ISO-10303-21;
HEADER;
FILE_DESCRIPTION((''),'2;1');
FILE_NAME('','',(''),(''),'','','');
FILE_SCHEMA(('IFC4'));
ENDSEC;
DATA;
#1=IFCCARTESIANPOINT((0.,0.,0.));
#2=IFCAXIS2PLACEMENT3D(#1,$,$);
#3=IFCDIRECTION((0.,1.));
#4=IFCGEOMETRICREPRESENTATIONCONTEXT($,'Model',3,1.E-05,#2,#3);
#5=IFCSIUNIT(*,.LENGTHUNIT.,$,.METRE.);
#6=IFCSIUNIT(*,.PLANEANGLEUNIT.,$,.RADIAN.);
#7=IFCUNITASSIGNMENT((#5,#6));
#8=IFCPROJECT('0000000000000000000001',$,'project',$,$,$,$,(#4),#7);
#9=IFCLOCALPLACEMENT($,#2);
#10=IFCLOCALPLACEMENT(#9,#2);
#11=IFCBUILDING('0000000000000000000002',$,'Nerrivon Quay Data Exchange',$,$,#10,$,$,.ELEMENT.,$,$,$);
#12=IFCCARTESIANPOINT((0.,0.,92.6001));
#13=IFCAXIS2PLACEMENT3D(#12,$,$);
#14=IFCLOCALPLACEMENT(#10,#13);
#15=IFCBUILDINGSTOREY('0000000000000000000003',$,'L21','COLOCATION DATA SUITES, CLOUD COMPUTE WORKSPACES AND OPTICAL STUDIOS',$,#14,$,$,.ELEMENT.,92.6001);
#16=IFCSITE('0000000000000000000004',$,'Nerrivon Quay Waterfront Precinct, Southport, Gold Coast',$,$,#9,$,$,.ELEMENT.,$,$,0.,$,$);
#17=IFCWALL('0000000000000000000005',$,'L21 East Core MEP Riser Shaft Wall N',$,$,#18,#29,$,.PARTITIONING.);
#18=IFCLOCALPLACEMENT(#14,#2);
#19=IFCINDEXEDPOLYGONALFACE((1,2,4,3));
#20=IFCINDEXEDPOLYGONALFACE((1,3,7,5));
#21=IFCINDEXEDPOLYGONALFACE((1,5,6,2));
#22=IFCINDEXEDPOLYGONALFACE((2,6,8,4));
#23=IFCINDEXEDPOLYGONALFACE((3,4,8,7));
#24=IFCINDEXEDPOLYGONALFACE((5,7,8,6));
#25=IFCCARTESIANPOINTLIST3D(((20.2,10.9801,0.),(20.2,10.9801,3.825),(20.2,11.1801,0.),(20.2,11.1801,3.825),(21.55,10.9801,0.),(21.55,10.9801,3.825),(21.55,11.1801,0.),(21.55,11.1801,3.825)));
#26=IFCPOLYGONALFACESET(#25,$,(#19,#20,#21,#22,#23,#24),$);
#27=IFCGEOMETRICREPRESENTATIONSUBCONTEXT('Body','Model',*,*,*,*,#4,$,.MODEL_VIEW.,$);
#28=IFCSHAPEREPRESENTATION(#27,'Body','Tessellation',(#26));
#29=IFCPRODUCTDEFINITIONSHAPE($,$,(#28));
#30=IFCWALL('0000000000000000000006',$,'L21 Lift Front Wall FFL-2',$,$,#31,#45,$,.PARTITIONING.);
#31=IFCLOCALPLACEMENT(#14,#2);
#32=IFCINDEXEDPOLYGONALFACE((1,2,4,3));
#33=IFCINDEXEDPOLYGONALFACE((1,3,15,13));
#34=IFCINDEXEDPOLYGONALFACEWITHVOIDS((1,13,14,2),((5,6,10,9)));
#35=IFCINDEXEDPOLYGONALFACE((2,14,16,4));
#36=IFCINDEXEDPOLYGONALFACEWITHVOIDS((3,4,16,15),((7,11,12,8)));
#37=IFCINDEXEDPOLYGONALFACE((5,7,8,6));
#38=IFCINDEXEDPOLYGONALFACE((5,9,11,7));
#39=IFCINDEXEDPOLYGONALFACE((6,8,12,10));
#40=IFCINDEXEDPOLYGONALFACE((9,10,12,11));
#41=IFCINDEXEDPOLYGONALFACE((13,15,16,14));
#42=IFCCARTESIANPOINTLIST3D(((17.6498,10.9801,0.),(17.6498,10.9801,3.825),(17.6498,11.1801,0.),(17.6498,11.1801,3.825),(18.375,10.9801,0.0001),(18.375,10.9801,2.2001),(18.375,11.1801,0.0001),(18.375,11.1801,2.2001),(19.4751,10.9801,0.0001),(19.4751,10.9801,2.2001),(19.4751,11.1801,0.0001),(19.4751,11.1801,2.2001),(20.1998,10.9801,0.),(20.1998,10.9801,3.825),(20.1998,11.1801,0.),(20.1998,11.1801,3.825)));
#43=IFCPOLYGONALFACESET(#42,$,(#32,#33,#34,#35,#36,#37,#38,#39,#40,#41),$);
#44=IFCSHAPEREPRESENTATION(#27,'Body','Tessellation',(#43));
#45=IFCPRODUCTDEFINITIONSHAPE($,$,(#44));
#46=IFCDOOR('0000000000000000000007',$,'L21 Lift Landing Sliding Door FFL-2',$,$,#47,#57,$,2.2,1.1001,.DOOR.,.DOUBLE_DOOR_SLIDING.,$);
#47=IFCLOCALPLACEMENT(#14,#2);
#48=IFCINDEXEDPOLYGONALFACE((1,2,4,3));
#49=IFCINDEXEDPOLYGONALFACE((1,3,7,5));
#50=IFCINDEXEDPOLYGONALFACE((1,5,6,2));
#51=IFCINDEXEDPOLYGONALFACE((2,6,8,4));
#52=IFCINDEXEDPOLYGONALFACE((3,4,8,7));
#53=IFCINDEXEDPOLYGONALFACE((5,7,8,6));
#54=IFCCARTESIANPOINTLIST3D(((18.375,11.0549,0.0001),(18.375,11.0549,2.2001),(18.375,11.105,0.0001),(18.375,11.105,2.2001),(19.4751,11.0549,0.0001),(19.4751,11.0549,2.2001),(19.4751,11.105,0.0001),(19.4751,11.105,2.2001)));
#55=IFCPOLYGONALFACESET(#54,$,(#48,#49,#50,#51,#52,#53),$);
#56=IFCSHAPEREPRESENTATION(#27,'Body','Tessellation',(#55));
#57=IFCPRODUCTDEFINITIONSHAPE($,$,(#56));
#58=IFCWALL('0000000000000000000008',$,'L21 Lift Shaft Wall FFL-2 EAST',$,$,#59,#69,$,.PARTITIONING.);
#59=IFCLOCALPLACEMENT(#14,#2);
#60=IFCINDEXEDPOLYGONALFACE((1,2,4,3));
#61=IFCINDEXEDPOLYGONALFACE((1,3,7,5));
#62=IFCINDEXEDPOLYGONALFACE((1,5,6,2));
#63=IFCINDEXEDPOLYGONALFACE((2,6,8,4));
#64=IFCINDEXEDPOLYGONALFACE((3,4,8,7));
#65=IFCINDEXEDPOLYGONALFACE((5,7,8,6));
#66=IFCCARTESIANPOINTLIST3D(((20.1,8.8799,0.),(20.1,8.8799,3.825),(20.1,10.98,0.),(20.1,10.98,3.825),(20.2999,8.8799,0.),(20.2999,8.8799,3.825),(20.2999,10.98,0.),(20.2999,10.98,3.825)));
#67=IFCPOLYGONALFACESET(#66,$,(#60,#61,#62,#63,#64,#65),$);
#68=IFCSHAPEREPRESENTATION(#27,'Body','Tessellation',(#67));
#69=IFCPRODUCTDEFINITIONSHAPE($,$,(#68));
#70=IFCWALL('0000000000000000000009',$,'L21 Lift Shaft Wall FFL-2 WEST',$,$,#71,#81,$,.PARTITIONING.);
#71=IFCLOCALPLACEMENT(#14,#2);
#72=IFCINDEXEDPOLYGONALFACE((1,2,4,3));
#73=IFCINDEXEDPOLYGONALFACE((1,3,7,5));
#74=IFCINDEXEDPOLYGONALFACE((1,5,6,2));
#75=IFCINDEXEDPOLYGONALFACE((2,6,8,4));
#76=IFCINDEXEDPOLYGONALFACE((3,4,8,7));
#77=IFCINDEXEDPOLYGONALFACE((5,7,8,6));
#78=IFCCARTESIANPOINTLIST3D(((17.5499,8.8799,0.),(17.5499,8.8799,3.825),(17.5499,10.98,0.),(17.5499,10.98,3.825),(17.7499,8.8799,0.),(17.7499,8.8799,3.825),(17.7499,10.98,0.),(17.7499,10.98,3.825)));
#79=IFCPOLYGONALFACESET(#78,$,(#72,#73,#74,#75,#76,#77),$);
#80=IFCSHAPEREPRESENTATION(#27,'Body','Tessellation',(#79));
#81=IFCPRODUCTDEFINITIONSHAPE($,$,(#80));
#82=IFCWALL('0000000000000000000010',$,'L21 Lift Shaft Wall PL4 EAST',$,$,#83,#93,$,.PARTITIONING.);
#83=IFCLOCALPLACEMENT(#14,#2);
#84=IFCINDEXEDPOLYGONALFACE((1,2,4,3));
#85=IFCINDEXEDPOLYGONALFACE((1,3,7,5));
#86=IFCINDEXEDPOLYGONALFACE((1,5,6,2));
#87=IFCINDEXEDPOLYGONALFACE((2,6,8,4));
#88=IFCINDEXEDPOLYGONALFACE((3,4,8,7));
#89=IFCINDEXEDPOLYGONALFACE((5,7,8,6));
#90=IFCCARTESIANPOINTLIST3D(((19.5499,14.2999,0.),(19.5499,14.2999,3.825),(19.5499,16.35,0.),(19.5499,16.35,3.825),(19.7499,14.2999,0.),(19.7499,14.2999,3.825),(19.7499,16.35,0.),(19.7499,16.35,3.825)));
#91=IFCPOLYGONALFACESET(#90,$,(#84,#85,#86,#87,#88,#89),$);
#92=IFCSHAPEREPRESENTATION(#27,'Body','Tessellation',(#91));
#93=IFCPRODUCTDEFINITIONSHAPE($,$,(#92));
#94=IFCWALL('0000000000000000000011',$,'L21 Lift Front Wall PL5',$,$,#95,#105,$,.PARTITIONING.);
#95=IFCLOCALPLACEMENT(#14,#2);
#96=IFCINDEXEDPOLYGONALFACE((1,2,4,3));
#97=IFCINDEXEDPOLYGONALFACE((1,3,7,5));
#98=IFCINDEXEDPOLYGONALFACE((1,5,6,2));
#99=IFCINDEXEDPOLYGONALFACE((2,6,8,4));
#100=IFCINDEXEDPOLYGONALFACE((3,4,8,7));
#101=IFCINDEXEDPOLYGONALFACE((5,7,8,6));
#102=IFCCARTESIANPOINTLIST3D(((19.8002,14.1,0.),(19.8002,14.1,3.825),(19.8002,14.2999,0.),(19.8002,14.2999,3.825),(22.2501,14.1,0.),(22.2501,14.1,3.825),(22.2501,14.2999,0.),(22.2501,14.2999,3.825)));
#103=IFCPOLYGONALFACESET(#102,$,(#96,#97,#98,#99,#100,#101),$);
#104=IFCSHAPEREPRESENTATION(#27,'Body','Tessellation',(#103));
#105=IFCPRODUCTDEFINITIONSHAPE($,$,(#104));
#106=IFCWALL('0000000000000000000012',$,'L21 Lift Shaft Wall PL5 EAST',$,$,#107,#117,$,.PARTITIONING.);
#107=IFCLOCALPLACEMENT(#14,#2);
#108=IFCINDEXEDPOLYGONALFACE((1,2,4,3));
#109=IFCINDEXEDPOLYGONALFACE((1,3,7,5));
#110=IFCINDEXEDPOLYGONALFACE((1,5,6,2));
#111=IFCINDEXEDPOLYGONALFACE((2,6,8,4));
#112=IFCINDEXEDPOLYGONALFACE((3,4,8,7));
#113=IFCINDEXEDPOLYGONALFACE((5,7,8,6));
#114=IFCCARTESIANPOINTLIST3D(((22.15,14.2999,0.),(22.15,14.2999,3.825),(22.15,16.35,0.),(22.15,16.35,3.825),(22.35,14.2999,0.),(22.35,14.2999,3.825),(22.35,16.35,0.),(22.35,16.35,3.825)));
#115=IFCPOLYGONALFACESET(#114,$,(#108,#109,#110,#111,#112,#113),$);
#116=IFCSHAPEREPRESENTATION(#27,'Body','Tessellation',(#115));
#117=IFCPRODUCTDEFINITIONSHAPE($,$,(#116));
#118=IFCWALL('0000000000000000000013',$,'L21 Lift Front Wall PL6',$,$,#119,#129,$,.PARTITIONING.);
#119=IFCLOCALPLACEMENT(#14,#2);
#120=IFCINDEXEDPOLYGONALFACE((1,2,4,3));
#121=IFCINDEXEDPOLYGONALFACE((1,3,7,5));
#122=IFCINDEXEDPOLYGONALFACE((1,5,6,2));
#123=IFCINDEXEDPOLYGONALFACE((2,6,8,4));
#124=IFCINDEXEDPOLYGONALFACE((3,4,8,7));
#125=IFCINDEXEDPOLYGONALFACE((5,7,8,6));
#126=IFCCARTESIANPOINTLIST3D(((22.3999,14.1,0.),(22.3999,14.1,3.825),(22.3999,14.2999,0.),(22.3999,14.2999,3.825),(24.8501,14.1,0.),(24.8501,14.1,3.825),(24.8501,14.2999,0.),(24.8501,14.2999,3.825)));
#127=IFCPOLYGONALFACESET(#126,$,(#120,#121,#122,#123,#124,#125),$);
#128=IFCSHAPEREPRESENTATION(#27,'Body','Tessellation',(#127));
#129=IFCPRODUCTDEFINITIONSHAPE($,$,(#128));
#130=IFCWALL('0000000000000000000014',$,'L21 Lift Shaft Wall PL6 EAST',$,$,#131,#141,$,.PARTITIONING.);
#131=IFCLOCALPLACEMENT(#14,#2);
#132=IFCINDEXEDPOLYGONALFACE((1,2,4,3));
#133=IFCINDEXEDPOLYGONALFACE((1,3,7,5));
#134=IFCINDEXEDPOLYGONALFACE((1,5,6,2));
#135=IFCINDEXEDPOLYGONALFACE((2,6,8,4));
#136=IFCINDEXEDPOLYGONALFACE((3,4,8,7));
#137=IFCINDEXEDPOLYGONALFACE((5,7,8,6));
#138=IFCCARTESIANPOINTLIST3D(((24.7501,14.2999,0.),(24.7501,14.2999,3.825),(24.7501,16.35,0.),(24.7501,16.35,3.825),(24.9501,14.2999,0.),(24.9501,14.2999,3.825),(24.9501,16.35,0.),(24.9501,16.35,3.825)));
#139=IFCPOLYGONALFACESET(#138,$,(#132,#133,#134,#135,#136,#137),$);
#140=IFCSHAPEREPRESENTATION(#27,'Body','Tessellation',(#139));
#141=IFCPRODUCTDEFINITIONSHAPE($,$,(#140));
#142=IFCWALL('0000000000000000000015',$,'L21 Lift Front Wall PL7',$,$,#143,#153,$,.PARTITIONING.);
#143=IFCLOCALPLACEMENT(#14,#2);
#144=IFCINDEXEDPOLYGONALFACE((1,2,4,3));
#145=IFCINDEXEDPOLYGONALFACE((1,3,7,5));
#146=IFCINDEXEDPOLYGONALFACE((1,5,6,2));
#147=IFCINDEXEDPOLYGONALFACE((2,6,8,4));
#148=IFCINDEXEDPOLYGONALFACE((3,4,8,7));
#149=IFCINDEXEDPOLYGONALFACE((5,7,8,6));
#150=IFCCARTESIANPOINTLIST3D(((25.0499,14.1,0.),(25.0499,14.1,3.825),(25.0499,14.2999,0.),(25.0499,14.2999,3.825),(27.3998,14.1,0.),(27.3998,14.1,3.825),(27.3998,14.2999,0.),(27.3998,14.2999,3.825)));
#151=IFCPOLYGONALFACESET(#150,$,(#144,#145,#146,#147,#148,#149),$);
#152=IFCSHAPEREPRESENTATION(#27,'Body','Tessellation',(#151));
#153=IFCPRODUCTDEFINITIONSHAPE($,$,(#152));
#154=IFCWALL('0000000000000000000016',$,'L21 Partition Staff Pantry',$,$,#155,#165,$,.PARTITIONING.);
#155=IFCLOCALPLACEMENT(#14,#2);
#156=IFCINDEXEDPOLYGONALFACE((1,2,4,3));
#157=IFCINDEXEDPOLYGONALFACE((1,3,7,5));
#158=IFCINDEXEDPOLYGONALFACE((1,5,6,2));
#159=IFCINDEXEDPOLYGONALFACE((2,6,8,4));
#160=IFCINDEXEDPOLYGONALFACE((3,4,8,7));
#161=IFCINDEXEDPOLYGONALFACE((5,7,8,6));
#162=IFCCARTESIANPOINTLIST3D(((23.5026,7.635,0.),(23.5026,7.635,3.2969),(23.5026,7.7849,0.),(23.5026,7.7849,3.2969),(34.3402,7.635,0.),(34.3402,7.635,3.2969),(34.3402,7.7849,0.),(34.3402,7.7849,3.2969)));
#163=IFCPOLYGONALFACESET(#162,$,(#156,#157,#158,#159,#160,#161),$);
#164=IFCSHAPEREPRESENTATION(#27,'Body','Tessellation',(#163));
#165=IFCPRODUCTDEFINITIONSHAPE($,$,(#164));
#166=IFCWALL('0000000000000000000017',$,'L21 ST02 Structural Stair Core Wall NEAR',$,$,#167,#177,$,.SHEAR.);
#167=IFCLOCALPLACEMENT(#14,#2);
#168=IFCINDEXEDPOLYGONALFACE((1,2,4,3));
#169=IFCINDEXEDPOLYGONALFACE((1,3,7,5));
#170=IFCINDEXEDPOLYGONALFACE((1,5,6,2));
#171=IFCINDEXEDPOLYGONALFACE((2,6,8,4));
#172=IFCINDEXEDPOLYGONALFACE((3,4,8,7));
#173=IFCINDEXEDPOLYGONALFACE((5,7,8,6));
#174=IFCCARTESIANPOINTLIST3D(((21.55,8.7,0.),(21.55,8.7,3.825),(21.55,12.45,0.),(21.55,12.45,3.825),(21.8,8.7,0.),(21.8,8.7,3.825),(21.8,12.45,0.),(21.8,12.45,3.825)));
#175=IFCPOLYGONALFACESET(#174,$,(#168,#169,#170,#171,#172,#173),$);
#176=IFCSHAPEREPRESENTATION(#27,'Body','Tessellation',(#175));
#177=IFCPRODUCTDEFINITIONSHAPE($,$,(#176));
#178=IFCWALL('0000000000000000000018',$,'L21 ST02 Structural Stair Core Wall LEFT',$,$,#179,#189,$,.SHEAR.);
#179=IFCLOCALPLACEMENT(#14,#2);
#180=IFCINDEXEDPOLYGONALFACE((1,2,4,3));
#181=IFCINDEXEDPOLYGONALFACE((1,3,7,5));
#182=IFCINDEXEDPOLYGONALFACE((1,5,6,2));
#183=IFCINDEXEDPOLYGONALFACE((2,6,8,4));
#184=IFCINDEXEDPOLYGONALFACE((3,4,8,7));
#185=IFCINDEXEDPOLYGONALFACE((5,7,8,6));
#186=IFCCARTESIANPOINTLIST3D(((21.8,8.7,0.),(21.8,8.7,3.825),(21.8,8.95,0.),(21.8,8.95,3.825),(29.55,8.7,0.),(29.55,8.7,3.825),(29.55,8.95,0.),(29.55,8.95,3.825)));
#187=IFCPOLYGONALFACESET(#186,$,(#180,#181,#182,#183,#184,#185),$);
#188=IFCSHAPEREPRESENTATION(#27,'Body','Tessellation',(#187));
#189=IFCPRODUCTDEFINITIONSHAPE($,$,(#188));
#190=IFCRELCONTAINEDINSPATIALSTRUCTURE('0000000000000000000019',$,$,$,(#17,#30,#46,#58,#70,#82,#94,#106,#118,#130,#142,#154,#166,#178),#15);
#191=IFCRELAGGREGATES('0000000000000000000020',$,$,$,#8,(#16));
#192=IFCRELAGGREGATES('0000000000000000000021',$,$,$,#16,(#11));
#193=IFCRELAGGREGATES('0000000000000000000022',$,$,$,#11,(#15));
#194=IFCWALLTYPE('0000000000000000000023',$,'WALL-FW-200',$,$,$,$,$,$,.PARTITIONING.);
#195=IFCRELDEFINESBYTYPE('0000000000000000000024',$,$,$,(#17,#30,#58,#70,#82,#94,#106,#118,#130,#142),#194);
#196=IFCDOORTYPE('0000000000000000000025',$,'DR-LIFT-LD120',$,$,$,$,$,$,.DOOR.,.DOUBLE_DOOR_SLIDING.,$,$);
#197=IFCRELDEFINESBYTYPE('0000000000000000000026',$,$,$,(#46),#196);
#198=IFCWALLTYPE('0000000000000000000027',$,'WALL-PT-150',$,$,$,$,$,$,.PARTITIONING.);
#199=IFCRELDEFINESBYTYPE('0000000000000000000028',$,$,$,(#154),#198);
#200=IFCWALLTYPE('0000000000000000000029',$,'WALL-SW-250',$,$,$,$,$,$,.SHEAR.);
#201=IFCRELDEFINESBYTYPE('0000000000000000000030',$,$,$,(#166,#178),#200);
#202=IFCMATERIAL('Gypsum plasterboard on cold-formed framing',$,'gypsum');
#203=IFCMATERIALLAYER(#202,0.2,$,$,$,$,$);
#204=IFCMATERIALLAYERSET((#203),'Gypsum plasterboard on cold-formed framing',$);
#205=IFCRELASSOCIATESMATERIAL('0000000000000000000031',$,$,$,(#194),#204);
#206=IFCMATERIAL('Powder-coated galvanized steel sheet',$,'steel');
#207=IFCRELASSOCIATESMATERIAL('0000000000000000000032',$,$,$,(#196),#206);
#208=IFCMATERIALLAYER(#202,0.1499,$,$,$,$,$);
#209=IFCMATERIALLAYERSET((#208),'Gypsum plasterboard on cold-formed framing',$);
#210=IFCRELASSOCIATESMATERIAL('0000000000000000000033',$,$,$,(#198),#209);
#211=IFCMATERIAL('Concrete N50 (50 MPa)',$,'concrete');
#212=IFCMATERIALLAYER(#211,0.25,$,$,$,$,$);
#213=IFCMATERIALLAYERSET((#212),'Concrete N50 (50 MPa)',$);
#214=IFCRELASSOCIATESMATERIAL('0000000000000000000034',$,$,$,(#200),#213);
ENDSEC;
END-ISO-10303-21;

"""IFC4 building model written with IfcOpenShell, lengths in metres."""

from ifc_helpers import new_model, si_unit, direction, frame, frame_2d, origin, place, context, subcontext, project, spatial, rectangle, extrude, material, layer, layer_set, type_object, element, fill, save


model = new_model("IFC4")

# Units and contexts
model_context = context("Model", 3, precision=1e-05, world=origin(), true_north=direction((0.0, 1.0)))
body_context = subcontext(model_context, "Body", "Model", "MODEL_VIEW")
ifc_project = project(units=[si_unit("LENGTHUNIT", "METRE"), si_unit("PLANEANGLEUNIT", "RADIAN")], contexts=[model_context])

# Site, building, storey
site_placement = place(None, origin())
site = spatial("IfcSite", under=ifc_project, at=site_placement, Name="Nerrivon Quay Waterfront Precinct, Southport, Gold Coast", CompositionType="ELEMENT", RefElevation=0.0)
building_placement = place(site_placement, origin())
building = spatial("IfcBuilding", under=site, at=building_placement, Name="Nerrivon Quay Data Exchange", CompositionType="ELEMENT")
storey_placement = place(building_placement, frame((0.0, 0.0, 92.6001)))
storey = spatial("IfcBuildingStorey", under=building, at=storey_placement, Name="L21", Description="COLOCATION DATA SUITES, CLOUD COMPUTE WORKSPACES AND OPTICAL STUDIOS", CompositionType="ELEMENT", Elevation=92.6001)

# Shared definitions
ifc_material_1 = material(Name="Concrete N50 (50 MPa)", Category="concrete")

# Wall
ifc_material_2 = material(Name="Gypsum plasterboard on cold-formed framing", Category="gypsum")
ifc_layer_1 = layer(ifc_material_2, 0.2)
ifc_layer_set_1 = layer_set([ifc_layer_1], Name="Gypsum plasterboard on cold-formed framing")
wall_type_1 = type_object("IfcWallType", Name="WALL-FW-200", PredefinedType="PARTITIONING", material=ifc_layer_set_1)
wall_1_placement = place(storey_placement, frame((20.2, 11.0801, 0.0), z_axis=(0.0, 0.0, 1.0), x_axis=(1.0, 0.0, 0.0)))
element("IfcWall", 1, at=wall_1_placement, inside=storey, type_object=wall_type_1, Name="L21 East Core MEP Riser Shaft Wall N", PredefinedType="PARTITIONING", context=body_context, shape_type="SweptSolid", body=[
    extrude(rectangle(XDim=1.3501, YDim=0.2, at=frame_2d((0.675, 0.0))), origin(), (0.0, 0.0, 1.0), 3.825),
])

# Wall, opening, door
wall_2_placement = place(storey_placement, frame((17.6499, 11.0801, 0.0), z_axis=(0.0, 0.0, 1.0), x_axis=(1.0, 0.0, 0.0)))
wall_2 = element("IfcWall", 2, at=wall_2_placement, inside=storey, type_object=wall_type_1, Name="L21 Lift Front Wall FFL-2", PredefinedType="PARTITIONING", context=body_context, shape_type="SweptSolid", body=[
    extrude(rectangle(XDim=2.55, YDim=0.2, at=frame_2d((1.2749, 0.0))), origin(), (0.0, 0.0, 1.0), 3.825),
])
opening_1_placement = place(wall_2_placement, frame((0.7251, 0.0, 0.0)))
opening_1 = element("IfcOpeningElement", 3, at=opening_1_placement, cuts=wall_2, PredefinedType="OPENING", context=body_context, shape_type="SweptSolid", body=[
    extrude(rectangle(XDim=1.1001, YDim=2.2, at=frame_2d((0.55, 1.1001))), frame((0.0, 0.1099, 0.0), z_axis=(0.0, -1.0, 0.0), x_axis=(1.0, 0.0, 0.0)), (0.0, 0.0, 1.0), 0.22),
])
ifc_material_3 = material(Name="Powder-coated galvanized steel sheet", Category="steel")
door_type_1 = type_object("IfcDoorType", Name="DR-LIFT-LD120", OperationType="DOUBLE_DOOR_SLIDING", PredefinedType="DOOR", material=ifc_material_3)
door_1_placement = place(opening_1_placement, origin())
door_1 = element("IfcDoor", 4, at=door_1_placement, inside=storey, type_object=door_type_1, Name="L21 Lift Landing Sliding Door FFL-2", OperationType="DOUBLE_DOOR_SLIDING", OverallHeight=2.2, OverallWidth=1.1001, PredefinedType="DOOR", context=body_context, shape_type="SweptSolid", body=[
    extrude(rectangle(XDim=1.1001, YDim=2.2, at=frame_2d((0.55, 1.1001))), frame((0.0, 0.0249, 0.0), z_axis=(0.0, -1.0, 0.0), x_axis=(1.0, 0.0, 0.0)), (0.0, 0.0, 1.0), 0.05),
])
fill(opening_1, door_1)

# Walls
for number, where, z_axis, x_axis, name in (
    (5, (20.2, 8.8799, 0.0), (0.0, 0.0, 1.0), (0.0, 1.0, 0.0), "L21 Lift Shaft Wall FFL-2 EAST"),
    (6, (17.6499, 8.8799, 0.0), (0.0, 0.0, 1.0), (0.0, 1.0, 0.0), "L21 Lift Shaft Wall FFL-2 WEST"),
):
    element("IfcWall", number, at=place(storey_placement, frame(where, z_axis=z_axis, x_axis=x_axis)), inside=storey, type_object=wall_type_1, Name=name, PredefinedType="PARTITIONING", context=body_context, shape_type="SweptSolid", body=[
        extrude(rectangle(XDim=2.1001, YDim=0.2, at=frame_2d((1.05, 0.0))), origin(), (0.0, 0.0, 1.0), 3.825),
    ])
wall_3_placement = place(storey_placement, frame((19.6499, 14.3, 0.0), z_axis=(0.0, 0.0, 1.0), x_axis=(0.0, 1.0, 0.0)))
element("IfcWall", 7, at=wall_3_placement, inside=storey, type_object=wall_type_1, Name="L21 Lift Shaft Wall PL4 EAST", PredefinedType="PARTITIONING", context=body_context, shape_type="SweptSolid", body=[
    extrude(rectangle(XDim=2.05, YDim=0.2, at=frame_2d((1.0249, 0.0))), origin(), (0.0, 0.0, 1.0), 3.825),
])
wall_4_placement = place(storey_placement, frame((19.8, 14.2, 0.0), z_axis=(0.0, 0.0, 1.0), x_axis=(1.0, 0.0, 0.0)))
element("IfcWall", 8, at=wall_4_placement, inside=storey, type_object=wall_type_1, Name="L21 Lift Front Wall PL5", PredefinedType="PARTITIONING", context=body_context, shape_type="SweptSolid", body=[
    extrude(rectangle(XDim=2.45, YDim=0.2, at=frame_2d((1.2251, 0.0))), origin(), (0.0, 0.0, 1.0), 3.825),
])
wall_5_placement = place(storey_placement, frame((22.25, 14.3, 0.0), z_axis=(0.0, 0.0, 1.0), x_axis=(0.0, 1.0, 0.0)))
element("IfcWall", 9, at=wall_5_placement, inside=storey, type_object=wall_type_1, Name="L21 Lift Shaft Wall PL5 EAST", PredefinedType="PARTITIONING", context=body_context, shape_type="SweptSolid", body=[
    extrude(rectangle(XDim=2.05, YDim=0.2, at=frame_2d((1.0249, 0.0))), origin(), (0.0, 0.0, 1.0), 3.825),
])
wall_6_placement = place(storey_placement, frame((22.3999, 14.2, 0.0), z_axis=(0.0, 0.0, 1.0), x_axis=(1.0, 0.0, 0.0)))
element("IfcWall", 10, at=wall_6_placement, inside=storey, type_object=wall_type_1, Name="L21 Lift Front Wall PL6", PredefinedType="PARTITIONING", context=body_context, shape_type="SweptSolid", body=[
    extrude(rectangle(XDim=2.4502, YDim=0.2, at=frame_2d((1.2251, 0.0))), origin(), (0.0, 0.0, 1.0), 3.825),
])
wall_7_placement = place(storey_placement, frame((24.8501, 14.3, 0.0), z_axis=(0.0, 0.0, 1.0), x_axis=(0.0, 1.0, 0.0)))
element("IfcWall", 11, at=wall_7_placement, inside=storey, type_object=wall_type_1, Name="L21 Lift Shaft Wall PL6 EAST", PredefinedType="PARTITIONING", context=body_context, shape_type="SweptSolid", body=[
    extrude(rectangle(XDim=2.05, YDim=0.2, at=frame_2d((1.0249, 0.0))), origin(), (0.0, 0.0, 1.0), 3.825),
])
wall_8_placement = place(storey_placement, frame((25.05, 14.2, 0.0), z_axis=(0.0, 0.0, 1.0), x_axis=(1.0, 0.0, 0.0)))
element("IfcWall", 12, at=wall_8_placement, inside=storey, type_object=wall_type_1, Name="L21 Lift Front Wall PL7", PredefinedType="PARTITIONING", context=body_context, shape_type="SweptSolid", body=[
    extrude(rectangle(XDim=2.3499, YDim=0.2, at=frame_2d((1.1748, 0.0))), origin(), (0.0, 0.0, 1.0), 3.825),
])
ifc_layer_2 = layer(ifc_material_2, 0.1499)
ifc_layer_set_2 = layer_set([ifc_layer_2], Name="Gypsum plasterboard on cold-formed framing")
wall_type_2 = type_object("IfcWallType", Name="WALL-PT-150", PredefinedType="PARTITIONING", material=ifc_layer_set_2)
wall_9_placement = place(storey_placement, frame((23.5024, 7.71, 0.0), z_axis=(0.0, 0.0, 1.0), x_axis=(1.0, 0.0, 0.0)))
element("IfcWall", 13, at=wall_9_placement, inside=storey, type_object=wall_type_2, Name="L21 Partition Staff Pantry", PredefinedType="PARTITIONING", context=body_context, shape_type="SweptSolid", body=[
    extrude(rectangle(XDim=10.8376, YDim=0.1499, at=frame_2d((5.4189, 0.0))), origin(), (0.0, 0.0, 1.0), 3.2969),
])
ifc_layer_3 = layer(ifc_material_1, 0.25)
ifc_layer_set_3 = layer_set([ifc_layer_3], Name="Concrete N50 (50 MPa)")
wall_type_3 = type_object("IfcWallType", Name="WALL-SW-250", PredefinedType="SHEAR", material=ifc_layer_set_3)
wall_10_placement = place(storey_placement, frame((21.675, 8.7, 0.0), z_axis=(0.0, 0.0, 1.0), x_axis=(0.0, 1.0, 0.0)))
element("IfcWall", 14, at=wall_10_placement, inside=storey, type_object=wall_type_3, Name="L21 ST02 Structural Stair Core Wall NEAR", PredefinedType="SHEAR", context=body_context, shape_type="SweptSolid", body=[
    extrude(rectangle(XDim=3.75, YDim=0.25, at=frame_2d((1.875, 0.0))), origin(), (0.0, 0.0, 1.0), 3.825),
])
wall_11_placement = place(storey_placement, frame((21.8, 8.825, 0.0), z_axis=(0.0, 0.0, 1.0), x_axis=(1.0, 0.0, 0.0)))
element("IfcWall", 15, at=wall_11_placement, inside=storey, type_object=wall_type_3, Name="L21 ST02 Structural Stair Core Wall LEFT", PredefinedType="SHEAR", context=body_context, shape_type="SweptSolid", body=[
    extrude(rectangle(XDim=7.75, YDim=0.25, at=frame_2d((3.875, 0.0))), origin(), (0.0, 0.0, 1.0), 3.825),
])

save(model, "model.ifc")
